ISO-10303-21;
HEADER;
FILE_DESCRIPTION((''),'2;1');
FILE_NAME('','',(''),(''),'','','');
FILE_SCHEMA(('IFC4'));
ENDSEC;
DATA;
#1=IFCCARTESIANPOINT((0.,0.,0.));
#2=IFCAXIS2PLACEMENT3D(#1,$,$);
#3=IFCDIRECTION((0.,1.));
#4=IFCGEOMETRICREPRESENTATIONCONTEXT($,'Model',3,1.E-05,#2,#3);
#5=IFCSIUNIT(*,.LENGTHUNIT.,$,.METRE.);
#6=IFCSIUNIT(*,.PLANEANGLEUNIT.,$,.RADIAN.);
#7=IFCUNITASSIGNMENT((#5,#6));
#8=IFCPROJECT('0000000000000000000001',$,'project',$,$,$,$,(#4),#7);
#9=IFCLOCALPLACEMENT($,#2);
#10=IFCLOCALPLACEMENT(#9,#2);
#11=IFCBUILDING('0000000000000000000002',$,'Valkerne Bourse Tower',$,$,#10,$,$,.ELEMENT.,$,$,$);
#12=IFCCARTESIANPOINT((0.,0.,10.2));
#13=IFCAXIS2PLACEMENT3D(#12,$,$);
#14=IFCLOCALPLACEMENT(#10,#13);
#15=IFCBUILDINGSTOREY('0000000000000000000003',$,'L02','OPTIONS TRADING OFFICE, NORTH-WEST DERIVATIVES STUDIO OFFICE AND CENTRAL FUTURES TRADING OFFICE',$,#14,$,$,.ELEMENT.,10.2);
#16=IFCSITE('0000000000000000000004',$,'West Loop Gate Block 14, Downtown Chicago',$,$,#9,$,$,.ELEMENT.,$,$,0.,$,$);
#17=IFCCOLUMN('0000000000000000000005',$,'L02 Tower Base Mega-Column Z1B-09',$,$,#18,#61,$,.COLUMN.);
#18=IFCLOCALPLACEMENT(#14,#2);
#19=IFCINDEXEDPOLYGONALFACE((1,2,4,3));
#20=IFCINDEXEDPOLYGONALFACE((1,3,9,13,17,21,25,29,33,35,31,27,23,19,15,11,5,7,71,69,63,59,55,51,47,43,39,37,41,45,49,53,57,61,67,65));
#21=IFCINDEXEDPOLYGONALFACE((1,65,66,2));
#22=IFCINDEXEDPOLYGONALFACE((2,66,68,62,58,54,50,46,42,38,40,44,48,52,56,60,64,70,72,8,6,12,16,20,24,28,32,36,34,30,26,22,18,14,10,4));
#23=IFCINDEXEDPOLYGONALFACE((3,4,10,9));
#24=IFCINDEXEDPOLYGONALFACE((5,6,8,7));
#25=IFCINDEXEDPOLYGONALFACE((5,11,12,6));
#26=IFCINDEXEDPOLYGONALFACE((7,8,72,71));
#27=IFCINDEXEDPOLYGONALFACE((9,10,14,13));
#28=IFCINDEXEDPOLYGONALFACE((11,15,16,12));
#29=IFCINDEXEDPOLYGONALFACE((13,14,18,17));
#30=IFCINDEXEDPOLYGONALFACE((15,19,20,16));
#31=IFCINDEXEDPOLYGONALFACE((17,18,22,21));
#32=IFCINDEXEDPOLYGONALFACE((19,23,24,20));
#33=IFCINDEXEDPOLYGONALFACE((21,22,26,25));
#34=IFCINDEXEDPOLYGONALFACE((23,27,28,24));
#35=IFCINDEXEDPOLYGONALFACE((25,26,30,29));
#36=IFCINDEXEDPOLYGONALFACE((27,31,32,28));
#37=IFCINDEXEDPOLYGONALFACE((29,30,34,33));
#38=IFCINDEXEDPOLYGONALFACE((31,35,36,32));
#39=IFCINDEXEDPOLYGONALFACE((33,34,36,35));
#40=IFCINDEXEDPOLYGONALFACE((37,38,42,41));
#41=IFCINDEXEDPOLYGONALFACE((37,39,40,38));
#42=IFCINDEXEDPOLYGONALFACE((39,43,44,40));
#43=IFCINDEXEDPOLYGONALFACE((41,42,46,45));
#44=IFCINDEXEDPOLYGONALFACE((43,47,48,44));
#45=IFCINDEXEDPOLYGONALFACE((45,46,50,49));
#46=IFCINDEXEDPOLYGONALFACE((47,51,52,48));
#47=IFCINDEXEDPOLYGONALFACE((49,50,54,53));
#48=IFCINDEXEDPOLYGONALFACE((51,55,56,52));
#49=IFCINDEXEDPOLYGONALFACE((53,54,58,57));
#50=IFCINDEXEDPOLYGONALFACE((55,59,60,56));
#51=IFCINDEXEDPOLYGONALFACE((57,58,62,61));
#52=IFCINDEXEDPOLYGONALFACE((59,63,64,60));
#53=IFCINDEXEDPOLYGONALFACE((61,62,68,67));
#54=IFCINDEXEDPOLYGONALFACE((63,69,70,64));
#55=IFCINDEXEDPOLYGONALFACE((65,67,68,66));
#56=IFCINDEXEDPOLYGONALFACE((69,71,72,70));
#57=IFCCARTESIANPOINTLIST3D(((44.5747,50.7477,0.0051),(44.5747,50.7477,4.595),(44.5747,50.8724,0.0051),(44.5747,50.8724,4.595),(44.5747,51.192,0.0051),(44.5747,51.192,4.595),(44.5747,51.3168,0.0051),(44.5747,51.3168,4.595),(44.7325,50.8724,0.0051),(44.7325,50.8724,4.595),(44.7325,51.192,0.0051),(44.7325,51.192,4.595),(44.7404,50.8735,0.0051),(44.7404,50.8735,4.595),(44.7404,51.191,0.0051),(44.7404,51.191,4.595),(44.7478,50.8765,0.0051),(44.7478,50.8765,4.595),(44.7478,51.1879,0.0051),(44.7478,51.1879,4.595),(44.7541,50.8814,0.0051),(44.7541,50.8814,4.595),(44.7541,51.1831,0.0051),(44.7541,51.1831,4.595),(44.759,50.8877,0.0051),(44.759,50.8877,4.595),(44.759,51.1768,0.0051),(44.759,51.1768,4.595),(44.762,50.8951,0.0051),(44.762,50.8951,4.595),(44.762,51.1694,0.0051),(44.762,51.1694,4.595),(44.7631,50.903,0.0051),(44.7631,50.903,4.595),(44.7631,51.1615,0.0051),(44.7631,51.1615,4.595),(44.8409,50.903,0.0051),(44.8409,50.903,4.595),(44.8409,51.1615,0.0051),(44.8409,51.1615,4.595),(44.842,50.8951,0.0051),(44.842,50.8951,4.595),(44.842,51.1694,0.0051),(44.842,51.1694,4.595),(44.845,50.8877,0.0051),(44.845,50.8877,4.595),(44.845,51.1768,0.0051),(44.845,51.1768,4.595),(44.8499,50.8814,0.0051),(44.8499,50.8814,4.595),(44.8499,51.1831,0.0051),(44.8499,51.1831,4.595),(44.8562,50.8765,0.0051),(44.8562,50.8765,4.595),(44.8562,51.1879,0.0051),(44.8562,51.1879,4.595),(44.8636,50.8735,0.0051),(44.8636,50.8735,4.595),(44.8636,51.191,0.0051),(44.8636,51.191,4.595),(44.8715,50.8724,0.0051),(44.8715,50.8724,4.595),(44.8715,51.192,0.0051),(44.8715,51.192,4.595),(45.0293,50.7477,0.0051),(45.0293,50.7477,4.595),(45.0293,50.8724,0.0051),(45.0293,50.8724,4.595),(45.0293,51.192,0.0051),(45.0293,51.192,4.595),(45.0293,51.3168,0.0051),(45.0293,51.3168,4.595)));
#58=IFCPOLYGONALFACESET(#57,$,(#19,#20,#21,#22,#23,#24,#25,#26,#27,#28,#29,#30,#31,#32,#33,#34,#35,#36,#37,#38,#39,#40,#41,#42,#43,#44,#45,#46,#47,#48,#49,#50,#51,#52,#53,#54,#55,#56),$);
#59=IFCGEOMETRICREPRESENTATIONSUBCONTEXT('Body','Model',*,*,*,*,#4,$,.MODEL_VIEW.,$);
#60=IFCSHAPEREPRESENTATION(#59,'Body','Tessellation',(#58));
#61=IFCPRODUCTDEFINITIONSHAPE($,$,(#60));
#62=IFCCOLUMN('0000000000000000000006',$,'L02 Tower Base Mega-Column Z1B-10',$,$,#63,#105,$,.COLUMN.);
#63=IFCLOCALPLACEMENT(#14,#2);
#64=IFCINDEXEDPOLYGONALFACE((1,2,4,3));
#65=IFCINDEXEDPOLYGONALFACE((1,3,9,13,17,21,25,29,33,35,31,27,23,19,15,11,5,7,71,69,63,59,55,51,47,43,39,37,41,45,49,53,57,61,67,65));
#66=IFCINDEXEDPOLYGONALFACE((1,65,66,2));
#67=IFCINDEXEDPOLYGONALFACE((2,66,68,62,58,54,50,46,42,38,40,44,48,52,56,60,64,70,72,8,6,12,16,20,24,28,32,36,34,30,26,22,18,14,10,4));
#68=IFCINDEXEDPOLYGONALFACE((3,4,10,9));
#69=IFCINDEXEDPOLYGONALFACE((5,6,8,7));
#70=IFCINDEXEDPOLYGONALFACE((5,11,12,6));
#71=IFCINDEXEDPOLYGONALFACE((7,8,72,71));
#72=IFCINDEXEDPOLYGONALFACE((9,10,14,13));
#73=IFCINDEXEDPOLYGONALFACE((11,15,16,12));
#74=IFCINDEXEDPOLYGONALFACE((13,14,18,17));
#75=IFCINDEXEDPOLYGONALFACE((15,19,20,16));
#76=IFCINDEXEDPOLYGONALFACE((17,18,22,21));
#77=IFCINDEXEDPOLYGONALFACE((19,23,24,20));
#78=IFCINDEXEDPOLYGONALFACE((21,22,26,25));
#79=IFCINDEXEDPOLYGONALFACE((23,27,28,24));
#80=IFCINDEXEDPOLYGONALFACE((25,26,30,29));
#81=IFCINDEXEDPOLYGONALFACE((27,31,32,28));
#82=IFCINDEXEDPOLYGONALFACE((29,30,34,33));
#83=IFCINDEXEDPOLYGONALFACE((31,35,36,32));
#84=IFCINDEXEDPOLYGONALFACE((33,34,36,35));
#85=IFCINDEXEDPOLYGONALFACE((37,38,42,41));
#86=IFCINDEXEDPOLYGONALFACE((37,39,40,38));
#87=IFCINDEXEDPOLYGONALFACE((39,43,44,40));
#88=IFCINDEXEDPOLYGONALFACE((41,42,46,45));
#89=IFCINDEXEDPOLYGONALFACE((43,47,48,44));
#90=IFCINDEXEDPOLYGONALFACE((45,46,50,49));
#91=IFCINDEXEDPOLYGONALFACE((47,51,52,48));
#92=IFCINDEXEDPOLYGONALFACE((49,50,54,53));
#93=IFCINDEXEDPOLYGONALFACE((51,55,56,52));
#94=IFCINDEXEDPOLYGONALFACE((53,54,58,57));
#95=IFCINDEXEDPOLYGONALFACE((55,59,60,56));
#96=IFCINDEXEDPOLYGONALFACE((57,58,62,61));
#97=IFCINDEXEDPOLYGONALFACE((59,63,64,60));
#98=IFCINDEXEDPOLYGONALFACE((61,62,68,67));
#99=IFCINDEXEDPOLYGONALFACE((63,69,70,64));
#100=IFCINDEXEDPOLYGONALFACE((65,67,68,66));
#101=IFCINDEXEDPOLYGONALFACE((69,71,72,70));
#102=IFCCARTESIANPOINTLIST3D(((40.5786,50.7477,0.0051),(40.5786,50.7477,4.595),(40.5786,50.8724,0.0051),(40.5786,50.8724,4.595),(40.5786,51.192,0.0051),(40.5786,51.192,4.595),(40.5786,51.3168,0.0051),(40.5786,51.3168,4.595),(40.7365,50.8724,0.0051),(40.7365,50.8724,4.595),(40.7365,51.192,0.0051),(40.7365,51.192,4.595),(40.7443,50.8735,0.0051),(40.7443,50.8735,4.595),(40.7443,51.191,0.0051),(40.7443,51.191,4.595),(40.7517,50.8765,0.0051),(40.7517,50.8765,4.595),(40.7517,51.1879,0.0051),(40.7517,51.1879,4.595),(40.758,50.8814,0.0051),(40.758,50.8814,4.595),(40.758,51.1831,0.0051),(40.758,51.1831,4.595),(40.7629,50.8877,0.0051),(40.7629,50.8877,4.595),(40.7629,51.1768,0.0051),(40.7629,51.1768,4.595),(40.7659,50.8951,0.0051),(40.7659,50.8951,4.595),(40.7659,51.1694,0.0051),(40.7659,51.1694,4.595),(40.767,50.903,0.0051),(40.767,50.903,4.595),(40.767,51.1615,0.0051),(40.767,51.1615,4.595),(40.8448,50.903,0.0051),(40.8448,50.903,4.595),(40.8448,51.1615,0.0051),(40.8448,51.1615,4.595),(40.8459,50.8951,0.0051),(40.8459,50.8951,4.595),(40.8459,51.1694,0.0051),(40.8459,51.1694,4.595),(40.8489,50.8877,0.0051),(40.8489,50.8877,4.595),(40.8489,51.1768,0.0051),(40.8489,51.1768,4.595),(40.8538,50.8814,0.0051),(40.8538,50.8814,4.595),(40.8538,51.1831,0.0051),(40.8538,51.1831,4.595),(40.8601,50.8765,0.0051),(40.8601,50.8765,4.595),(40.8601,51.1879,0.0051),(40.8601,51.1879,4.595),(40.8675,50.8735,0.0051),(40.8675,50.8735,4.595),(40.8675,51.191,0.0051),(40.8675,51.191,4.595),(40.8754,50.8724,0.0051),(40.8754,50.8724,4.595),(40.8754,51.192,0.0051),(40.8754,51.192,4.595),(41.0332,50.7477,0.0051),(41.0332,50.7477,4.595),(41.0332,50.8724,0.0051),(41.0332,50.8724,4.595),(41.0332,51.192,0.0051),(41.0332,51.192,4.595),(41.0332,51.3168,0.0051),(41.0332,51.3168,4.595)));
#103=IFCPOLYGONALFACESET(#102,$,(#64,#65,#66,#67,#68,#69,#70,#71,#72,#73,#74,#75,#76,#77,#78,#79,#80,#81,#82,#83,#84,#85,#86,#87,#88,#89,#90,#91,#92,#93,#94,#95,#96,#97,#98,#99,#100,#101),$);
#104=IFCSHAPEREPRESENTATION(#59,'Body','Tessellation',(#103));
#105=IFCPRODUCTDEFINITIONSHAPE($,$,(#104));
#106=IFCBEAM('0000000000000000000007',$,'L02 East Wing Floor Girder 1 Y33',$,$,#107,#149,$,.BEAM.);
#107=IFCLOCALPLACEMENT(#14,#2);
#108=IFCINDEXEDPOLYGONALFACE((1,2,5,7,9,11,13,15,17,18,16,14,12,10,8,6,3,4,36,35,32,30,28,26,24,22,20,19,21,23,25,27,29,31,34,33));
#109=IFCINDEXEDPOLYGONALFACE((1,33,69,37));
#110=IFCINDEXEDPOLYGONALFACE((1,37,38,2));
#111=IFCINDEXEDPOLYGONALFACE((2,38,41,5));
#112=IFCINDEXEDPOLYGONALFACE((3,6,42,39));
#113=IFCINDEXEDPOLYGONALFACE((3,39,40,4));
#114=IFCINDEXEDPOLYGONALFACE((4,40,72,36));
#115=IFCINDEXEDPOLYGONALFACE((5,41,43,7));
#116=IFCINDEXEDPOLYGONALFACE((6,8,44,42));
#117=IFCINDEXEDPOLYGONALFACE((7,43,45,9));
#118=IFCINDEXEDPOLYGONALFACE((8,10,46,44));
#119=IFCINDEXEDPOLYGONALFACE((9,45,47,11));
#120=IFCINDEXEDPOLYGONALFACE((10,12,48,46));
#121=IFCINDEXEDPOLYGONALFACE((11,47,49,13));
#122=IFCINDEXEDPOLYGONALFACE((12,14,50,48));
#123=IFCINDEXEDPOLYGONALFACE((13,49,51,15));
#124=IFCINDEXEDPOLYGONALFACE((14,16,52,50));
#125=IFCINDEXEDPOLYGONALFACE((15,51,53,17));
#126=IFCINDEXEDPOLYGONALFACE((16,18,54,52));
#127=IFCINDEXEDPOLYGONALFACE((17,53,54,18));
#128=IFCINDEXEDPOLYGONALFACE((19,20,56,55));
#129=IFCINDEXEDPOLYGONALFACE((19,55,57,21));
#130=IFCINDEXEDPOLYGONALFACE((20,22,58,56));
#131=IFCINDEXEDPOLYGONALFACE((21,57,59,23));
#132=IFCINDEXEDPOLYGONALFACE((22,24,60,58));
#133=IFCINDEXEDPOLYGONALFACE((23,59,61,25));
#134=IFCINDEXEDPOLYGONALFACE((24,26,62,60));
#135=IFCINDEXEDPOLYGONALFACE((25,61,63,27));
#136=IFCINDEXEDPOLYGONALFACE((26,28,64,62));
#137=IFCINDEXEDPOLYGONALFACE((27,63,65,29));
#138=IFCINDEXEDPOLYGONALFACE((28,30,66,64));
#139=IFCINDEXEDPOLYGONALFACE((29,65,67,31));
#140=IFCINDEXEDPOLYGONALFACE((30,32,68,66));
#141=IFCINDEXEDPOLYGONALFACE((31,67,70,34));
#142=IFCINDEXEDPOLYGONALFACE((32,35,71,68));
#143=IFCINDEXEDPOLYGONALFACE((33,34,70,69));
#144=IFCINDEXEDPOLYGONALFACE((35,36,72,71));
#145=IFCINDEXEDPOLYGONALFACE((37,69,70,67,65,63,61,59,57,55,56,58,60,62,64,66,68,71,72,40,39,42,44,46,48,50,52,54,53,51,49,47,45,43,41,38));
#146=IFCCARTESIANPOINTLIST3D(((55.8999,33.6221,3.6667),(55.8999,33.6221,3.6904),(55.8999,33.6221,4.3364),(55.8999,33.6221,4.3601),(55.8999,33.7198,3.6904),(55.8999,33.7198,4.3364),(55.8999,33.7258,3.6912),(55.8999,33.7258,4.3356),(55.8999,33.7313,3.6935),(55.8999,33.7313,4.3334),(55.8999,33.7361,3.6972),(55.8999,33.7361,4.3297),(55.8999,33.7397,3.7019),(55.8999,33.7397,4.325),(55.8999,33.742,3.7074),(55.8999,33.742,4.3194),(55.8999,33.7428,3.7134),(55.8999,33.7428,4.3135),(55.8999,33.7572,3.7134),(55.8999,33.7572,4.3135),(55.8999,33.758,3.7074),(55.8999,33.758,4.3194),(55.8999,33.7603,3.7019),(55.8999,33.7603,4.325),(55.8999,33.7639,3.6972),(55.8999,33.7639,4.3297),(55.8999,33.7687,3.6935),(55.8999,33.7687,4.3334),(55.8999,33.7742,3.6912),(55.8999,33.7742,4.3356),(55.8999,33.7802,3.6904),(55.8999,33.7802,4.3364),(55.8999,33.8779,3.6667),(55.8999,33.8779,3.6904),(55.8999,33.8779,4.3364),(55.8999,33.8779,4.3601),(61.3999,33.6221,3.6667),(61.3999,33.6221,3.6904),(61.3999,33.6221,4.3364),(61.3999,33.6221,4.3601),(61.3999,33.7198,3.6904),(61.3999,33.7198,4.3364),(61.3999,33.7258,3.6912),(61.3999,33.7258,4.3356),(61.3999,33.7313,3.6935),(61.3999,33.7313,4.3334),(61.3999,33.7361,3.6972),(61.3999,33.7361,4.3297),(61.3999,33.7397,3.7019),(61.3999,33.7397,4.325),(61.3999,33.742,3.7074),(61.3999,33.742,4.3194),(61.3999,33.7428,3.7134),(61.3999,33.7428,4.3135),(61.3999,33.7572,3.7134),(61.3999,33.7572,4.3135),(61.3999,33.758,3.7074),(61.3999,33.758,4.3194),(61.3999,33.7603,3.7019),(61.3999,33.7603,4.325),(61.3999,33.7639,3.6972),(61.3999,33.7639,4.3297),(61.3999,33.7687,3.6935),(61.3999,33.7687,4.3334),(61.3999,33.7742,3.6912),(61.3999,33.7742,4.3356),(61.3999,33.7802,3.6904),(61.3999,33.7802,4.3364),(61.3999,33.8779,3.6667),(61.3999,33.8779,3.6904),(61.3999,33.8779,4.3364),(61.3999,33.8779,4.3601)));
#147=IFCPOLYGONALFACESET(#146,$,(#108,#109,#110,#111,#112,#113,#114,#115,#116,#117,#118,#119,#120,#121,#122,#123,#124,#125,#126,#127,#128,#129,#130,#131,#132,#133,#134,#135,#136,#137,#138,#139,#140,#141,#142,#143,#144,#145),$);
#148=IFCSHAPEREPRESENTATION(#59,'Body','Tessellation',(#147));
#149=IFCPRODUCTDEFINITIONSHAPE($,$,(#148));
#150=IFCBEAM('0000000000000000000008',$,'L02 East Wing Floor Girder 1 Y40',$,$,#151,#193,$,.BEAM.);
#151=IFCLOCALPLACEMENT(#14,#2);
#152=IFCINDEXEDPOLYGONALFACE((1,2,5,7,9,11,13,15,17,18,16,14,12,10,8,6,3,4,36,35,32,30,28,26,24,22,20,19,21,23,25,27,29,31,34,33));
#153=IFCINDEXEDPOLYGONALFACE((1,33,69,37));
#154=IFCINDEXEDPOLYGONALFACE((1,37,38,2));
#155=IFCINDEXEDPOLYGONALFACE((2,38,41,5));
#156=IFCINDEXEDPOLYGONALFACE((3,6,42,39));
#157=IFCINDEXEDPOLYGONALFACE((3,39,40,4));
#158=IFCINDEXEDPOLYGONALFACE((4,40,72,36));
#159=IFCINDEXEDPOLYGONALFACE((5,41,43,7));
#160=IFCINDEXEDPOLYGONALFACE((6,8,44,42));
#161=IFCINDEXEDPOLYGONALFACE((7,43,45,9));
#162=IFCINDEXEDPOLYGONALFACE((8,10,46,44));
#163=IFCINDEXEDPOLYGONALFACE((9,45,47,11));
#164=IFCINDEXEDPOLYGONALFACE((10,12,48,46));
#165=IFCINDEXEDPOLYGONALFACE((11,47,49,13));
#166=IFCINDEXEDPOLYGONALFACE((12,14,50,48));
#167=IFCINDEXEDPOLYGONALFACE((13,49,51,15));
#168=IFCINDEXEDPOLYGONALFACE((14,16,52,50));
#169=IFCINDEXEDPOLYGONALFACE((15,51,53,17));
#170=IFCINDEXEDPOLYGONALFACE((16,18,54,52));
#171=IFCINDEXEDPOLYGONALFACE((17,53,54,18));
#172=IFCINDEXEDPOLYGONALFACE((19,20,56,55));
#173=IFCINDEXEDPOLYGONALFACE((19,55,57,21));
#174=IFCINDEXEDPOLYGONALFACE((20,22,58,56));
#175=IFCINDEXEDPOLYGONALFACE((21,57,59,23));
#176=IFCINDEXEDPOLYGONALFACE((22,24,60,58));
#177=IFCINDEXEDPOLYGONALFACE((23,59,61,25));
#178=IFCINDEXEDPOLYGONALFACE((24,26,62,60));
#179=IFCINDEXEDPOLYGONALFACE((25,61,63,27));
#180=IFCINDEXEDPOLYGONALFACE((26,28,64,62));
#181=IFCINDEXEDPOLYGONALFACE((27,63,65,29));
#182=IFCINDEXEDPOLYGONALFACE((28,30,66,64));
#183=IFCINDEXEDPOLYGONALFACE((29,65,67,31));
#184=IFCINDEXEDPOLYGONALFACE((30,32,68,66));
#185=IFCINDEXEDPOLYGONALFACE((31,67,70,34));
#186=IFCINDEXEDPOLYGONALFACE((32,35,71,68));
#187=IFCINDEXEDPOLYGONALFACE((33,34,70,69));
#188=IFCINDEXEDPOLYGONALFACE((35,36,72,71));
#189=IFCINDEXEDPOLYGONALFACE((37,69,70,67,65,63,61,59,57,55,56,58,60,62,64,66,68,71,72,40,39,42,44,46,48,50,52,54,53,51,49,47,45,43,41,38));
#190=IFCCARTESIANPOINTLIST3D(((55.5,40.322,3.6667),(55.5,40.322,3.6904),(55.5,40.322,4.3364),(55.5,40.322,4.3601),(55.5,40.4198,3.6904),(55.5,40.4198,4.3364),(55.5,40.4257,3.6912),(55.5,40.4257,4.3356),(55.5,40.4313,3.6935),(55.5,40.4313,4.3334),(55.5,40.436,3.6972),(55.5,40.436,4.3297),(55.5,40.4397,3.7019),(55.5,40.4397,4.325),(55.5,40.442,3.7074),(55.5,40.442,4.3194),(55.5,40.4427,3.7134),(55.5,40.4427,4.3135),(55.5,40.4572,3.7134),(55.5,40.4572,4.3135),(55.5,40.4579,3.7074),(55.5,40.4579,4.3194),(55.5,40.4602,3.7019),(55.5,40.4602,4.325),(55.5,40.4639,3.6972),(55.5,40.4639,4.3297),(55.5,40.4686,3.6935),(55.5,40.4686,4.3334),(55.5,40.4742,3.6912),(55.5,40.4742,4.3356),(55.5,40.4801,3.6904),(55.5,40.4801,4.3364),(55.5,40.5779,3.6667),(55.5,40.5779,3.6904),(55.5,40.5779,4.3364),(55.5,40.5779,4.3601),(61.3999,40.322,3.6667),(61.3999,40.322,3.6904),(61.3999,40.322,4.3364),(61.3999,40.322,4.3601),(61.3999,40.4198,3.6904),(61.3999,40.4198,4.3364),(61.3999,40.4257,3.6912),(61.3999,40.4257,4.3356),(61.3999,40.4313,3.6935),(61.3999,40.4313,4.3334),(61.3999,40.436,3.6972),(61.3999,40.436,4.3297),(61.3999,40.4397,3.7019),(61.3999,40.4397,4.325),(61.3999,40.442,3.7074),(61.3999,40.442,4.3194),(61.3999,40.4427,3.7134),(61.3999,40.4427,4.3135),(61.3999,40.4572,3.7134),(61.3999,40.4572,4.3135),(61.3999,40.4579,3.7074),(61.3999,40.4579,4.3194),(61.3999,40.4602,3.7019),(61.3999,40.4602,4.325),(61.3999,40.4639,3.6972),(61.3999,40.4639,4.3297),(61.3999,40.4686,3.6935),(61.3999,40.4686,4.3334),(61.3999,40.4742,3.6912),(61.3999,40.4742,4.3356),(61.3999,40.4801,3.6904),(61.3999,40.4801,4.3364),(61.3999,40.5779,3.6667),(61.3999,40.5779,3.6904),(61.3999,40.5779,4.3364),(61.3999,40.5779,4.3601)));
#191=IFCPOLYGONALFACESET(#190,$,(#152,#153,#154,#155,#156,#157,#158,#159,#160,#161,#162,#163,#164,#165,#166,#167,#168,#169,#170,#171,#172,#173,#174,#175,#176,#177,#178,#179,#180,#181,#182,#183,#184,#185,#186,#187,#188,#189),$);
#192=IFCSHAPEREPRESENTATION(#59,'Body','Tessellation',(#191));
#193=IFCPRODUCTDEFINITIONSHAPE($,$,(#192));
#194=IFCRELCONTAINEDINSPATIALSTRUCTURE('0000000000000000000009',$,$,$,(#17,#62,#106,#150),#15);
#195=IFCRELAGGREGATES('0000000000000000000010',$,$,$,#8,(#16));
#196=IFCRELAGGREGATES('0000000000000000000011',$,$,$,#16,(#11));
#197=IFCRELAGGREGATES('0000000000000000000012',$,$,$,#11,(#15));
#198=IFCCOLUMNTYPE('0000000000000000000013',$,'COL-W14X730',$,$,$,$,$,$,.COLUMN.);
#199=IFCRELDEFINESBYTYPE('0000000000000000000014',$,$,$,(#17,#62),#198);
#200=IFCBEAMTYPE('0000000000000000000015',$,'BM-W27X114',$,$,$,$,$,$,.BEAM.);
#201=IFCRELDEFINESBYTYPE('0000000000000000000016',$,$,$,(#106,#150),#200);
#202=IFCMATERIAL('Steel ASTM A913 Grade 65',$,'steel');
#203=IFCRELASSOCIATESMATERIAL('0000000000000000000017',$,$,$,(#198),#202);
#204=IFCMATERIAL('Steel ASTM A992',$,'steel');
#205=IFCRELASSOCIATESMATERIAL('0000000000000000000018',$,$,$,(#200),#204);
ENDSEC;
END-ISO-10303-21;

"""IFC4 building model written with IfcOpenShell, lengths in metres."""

from ifc_helpers import new_model, si_unit, direction, frame, origin, origin_2d, place, context, subcontext, project, spatial, i_section, extrude, material, material_profile, profile_set, type_object, element, save


model = new_model("IFC4")

# Units and contexts
model_context = context("Model", 3, precision=1e-05, world=origin(), true_north=direction((0.0, 1.0)))
body_context = subcontext(model_context, "Body", "Model", "MODEL_VIEW")
ifc_project = project(units=[si_unit("LENGTHUNIT", "METRE"), si_unit("PLANEANGLEUNIT", "RADIAN")], contexts=[model_context])

# Site, building, storey
site_placement = place(None, origin())
site = spatial("IfcSite", under=ifc_project, at=site_placement, Name="West Loop Gate Block 14, Downtown Chicago", CompositionType="ELEMENT", RefElevation=0.0)
building_placement = place(site_placement, origin())
building = spatial("IfcBuilding", under=site, at=building_placement, Name="Valkerne Bourse Tower", CompositionType="ELEMENT")
storey_placement = place(building_placement, frame((0.0, 0.0, 10.2)))
storey = spatial("IfcBuildingStorey", under=building, at=storey_placement, Name="L02", Description="OPTIONS TRADING OFFICE, NORTH-WEST DERIVATIVES STUDIO OFFICE AND CENTRAL FUTURES TRADING OFFICE", CompositionType="ELEMENT", Elevation=10.2)

# Columns
ifc_material_1 = material(Name="Steel ASTM A913 Grade 65", Category="steel")
ifc_material_profile_1 = material_profile(ifc_material_1, i_section(OverallWidth=0.4546, OverallDepth=0.5691, WebThickness=0.0779, FlangeThickness=0.1248, FilletRadius=0.0305, at=origin_2d()), Name="W14X730")
ifc_profile_set_1 = profile_set([ifc_material_profile_1], Name="Steel ASTM A913 Grade 65")
column_type_1 = type_object("IfcColumnType", Name="COL-W14X730", PredefinedType="COLUMN", material=ifc_profile_set_1)
for number, where, z_axis, x_axis, name in (
    (1, (44.802, 51.0322, 0.0051), (0.0, 0.0, 1.0), (-1.0, 0.0, 0.0), "L02 Tower Base Mega-Column Z1B-09"),
    (2, (40.8059, 51.0322, 0.0051), (0.0, 0.0, 1.0), (-1.0, 0.0, 0.0), "L02 Tower Base Mega-Column Z1B-10"),
):
    element("IfcColumn", number, at=place(storey_placement, frame(where, z_axis=z_axis, x_axis=x_axis)), inside=storey, type_object=column_type_1, Name=name, PredefinedType="COLUMN", context=body_context, shape_type="SweptSolid", body=[
        extrude(i_section(OverallWidth=0.4546, OverallDepth=0.5691, WebThickness=0.0779, FlangeThickness=0.1248, FilletRadius=0.0305, at=origin_2d()), origin(), (0.0, 0.0, 1.0), 4.5898),
    ])

# Beams
ifc_material_2 = material(Name="Steel ASTM A992", Category="steel")
ifc_material_profile_2 = material_profile(ifc_material_2, i_section(OverallWidth=0.2559, OverallDepth=0.6934, WebThickness=0.0144, FlangeThickness=0.0237, FilletRadius=0.0229, at=origin_2d()), Name="W27X114")
ifc_profile_set_2 = profile_set([ifc_material_profile_2], Name="Steel ASTM A992")
beam_type_1 = type_object("IfcBeamType", Name="BM-W27X114", PredefinedType="BEAM", material=ifc_profile_set_2)
beam_1_placement = place(storey_placement, frame((55.8999, 33.75, 4.0134), z_axis=(1.0, 0.0, 0.0), x_axis=(0.0, 1.0, 0.0)))
element("IfcBeam", 3, at=beam_1_placement, inside=storey, type_object=beam_type_1, Name="L02 East Wing Floor Girder 1 Y33", PredefinedType="BEAM", context=body_context, shape_type="SweptSolid", body=[
    extrude(i_section(OverallWidth=0.2559, OverallDepth=0.6934, WebThickness=0.0144, FlangeThickness=0.0237, FilletRadius=0.0229, at=origin_2d()), origin(), (0.0, 0.0, 1.0), 5.5),
])
beam_2_placement = place(storey_placement, frame((55.5, 40.45, 4.0134), z_axis=(1.0, 0.0, 0.0), x_axis=(0.0, 1.0, 0.0)))
element("IfcBeam", 4, at=beam_2_placement, inside=storey, type_object=beam_type_1, Name="L02 East Wing Floor Girder 1 Y40", PredefinedType="BEAM", context=body_context, shape_type="SweptSolid", body=[
    extrude(i_section(OverallWidth=0.2559, OverallDepth=0.6934, WebThickness=0.0144, FlangeThickness=0.0237, FilletRadius=0.0229, at=origin_2d()), origin(), (0.0, 0.0, 1.0), 5.8999),
])

save(model, "model.ifc")
